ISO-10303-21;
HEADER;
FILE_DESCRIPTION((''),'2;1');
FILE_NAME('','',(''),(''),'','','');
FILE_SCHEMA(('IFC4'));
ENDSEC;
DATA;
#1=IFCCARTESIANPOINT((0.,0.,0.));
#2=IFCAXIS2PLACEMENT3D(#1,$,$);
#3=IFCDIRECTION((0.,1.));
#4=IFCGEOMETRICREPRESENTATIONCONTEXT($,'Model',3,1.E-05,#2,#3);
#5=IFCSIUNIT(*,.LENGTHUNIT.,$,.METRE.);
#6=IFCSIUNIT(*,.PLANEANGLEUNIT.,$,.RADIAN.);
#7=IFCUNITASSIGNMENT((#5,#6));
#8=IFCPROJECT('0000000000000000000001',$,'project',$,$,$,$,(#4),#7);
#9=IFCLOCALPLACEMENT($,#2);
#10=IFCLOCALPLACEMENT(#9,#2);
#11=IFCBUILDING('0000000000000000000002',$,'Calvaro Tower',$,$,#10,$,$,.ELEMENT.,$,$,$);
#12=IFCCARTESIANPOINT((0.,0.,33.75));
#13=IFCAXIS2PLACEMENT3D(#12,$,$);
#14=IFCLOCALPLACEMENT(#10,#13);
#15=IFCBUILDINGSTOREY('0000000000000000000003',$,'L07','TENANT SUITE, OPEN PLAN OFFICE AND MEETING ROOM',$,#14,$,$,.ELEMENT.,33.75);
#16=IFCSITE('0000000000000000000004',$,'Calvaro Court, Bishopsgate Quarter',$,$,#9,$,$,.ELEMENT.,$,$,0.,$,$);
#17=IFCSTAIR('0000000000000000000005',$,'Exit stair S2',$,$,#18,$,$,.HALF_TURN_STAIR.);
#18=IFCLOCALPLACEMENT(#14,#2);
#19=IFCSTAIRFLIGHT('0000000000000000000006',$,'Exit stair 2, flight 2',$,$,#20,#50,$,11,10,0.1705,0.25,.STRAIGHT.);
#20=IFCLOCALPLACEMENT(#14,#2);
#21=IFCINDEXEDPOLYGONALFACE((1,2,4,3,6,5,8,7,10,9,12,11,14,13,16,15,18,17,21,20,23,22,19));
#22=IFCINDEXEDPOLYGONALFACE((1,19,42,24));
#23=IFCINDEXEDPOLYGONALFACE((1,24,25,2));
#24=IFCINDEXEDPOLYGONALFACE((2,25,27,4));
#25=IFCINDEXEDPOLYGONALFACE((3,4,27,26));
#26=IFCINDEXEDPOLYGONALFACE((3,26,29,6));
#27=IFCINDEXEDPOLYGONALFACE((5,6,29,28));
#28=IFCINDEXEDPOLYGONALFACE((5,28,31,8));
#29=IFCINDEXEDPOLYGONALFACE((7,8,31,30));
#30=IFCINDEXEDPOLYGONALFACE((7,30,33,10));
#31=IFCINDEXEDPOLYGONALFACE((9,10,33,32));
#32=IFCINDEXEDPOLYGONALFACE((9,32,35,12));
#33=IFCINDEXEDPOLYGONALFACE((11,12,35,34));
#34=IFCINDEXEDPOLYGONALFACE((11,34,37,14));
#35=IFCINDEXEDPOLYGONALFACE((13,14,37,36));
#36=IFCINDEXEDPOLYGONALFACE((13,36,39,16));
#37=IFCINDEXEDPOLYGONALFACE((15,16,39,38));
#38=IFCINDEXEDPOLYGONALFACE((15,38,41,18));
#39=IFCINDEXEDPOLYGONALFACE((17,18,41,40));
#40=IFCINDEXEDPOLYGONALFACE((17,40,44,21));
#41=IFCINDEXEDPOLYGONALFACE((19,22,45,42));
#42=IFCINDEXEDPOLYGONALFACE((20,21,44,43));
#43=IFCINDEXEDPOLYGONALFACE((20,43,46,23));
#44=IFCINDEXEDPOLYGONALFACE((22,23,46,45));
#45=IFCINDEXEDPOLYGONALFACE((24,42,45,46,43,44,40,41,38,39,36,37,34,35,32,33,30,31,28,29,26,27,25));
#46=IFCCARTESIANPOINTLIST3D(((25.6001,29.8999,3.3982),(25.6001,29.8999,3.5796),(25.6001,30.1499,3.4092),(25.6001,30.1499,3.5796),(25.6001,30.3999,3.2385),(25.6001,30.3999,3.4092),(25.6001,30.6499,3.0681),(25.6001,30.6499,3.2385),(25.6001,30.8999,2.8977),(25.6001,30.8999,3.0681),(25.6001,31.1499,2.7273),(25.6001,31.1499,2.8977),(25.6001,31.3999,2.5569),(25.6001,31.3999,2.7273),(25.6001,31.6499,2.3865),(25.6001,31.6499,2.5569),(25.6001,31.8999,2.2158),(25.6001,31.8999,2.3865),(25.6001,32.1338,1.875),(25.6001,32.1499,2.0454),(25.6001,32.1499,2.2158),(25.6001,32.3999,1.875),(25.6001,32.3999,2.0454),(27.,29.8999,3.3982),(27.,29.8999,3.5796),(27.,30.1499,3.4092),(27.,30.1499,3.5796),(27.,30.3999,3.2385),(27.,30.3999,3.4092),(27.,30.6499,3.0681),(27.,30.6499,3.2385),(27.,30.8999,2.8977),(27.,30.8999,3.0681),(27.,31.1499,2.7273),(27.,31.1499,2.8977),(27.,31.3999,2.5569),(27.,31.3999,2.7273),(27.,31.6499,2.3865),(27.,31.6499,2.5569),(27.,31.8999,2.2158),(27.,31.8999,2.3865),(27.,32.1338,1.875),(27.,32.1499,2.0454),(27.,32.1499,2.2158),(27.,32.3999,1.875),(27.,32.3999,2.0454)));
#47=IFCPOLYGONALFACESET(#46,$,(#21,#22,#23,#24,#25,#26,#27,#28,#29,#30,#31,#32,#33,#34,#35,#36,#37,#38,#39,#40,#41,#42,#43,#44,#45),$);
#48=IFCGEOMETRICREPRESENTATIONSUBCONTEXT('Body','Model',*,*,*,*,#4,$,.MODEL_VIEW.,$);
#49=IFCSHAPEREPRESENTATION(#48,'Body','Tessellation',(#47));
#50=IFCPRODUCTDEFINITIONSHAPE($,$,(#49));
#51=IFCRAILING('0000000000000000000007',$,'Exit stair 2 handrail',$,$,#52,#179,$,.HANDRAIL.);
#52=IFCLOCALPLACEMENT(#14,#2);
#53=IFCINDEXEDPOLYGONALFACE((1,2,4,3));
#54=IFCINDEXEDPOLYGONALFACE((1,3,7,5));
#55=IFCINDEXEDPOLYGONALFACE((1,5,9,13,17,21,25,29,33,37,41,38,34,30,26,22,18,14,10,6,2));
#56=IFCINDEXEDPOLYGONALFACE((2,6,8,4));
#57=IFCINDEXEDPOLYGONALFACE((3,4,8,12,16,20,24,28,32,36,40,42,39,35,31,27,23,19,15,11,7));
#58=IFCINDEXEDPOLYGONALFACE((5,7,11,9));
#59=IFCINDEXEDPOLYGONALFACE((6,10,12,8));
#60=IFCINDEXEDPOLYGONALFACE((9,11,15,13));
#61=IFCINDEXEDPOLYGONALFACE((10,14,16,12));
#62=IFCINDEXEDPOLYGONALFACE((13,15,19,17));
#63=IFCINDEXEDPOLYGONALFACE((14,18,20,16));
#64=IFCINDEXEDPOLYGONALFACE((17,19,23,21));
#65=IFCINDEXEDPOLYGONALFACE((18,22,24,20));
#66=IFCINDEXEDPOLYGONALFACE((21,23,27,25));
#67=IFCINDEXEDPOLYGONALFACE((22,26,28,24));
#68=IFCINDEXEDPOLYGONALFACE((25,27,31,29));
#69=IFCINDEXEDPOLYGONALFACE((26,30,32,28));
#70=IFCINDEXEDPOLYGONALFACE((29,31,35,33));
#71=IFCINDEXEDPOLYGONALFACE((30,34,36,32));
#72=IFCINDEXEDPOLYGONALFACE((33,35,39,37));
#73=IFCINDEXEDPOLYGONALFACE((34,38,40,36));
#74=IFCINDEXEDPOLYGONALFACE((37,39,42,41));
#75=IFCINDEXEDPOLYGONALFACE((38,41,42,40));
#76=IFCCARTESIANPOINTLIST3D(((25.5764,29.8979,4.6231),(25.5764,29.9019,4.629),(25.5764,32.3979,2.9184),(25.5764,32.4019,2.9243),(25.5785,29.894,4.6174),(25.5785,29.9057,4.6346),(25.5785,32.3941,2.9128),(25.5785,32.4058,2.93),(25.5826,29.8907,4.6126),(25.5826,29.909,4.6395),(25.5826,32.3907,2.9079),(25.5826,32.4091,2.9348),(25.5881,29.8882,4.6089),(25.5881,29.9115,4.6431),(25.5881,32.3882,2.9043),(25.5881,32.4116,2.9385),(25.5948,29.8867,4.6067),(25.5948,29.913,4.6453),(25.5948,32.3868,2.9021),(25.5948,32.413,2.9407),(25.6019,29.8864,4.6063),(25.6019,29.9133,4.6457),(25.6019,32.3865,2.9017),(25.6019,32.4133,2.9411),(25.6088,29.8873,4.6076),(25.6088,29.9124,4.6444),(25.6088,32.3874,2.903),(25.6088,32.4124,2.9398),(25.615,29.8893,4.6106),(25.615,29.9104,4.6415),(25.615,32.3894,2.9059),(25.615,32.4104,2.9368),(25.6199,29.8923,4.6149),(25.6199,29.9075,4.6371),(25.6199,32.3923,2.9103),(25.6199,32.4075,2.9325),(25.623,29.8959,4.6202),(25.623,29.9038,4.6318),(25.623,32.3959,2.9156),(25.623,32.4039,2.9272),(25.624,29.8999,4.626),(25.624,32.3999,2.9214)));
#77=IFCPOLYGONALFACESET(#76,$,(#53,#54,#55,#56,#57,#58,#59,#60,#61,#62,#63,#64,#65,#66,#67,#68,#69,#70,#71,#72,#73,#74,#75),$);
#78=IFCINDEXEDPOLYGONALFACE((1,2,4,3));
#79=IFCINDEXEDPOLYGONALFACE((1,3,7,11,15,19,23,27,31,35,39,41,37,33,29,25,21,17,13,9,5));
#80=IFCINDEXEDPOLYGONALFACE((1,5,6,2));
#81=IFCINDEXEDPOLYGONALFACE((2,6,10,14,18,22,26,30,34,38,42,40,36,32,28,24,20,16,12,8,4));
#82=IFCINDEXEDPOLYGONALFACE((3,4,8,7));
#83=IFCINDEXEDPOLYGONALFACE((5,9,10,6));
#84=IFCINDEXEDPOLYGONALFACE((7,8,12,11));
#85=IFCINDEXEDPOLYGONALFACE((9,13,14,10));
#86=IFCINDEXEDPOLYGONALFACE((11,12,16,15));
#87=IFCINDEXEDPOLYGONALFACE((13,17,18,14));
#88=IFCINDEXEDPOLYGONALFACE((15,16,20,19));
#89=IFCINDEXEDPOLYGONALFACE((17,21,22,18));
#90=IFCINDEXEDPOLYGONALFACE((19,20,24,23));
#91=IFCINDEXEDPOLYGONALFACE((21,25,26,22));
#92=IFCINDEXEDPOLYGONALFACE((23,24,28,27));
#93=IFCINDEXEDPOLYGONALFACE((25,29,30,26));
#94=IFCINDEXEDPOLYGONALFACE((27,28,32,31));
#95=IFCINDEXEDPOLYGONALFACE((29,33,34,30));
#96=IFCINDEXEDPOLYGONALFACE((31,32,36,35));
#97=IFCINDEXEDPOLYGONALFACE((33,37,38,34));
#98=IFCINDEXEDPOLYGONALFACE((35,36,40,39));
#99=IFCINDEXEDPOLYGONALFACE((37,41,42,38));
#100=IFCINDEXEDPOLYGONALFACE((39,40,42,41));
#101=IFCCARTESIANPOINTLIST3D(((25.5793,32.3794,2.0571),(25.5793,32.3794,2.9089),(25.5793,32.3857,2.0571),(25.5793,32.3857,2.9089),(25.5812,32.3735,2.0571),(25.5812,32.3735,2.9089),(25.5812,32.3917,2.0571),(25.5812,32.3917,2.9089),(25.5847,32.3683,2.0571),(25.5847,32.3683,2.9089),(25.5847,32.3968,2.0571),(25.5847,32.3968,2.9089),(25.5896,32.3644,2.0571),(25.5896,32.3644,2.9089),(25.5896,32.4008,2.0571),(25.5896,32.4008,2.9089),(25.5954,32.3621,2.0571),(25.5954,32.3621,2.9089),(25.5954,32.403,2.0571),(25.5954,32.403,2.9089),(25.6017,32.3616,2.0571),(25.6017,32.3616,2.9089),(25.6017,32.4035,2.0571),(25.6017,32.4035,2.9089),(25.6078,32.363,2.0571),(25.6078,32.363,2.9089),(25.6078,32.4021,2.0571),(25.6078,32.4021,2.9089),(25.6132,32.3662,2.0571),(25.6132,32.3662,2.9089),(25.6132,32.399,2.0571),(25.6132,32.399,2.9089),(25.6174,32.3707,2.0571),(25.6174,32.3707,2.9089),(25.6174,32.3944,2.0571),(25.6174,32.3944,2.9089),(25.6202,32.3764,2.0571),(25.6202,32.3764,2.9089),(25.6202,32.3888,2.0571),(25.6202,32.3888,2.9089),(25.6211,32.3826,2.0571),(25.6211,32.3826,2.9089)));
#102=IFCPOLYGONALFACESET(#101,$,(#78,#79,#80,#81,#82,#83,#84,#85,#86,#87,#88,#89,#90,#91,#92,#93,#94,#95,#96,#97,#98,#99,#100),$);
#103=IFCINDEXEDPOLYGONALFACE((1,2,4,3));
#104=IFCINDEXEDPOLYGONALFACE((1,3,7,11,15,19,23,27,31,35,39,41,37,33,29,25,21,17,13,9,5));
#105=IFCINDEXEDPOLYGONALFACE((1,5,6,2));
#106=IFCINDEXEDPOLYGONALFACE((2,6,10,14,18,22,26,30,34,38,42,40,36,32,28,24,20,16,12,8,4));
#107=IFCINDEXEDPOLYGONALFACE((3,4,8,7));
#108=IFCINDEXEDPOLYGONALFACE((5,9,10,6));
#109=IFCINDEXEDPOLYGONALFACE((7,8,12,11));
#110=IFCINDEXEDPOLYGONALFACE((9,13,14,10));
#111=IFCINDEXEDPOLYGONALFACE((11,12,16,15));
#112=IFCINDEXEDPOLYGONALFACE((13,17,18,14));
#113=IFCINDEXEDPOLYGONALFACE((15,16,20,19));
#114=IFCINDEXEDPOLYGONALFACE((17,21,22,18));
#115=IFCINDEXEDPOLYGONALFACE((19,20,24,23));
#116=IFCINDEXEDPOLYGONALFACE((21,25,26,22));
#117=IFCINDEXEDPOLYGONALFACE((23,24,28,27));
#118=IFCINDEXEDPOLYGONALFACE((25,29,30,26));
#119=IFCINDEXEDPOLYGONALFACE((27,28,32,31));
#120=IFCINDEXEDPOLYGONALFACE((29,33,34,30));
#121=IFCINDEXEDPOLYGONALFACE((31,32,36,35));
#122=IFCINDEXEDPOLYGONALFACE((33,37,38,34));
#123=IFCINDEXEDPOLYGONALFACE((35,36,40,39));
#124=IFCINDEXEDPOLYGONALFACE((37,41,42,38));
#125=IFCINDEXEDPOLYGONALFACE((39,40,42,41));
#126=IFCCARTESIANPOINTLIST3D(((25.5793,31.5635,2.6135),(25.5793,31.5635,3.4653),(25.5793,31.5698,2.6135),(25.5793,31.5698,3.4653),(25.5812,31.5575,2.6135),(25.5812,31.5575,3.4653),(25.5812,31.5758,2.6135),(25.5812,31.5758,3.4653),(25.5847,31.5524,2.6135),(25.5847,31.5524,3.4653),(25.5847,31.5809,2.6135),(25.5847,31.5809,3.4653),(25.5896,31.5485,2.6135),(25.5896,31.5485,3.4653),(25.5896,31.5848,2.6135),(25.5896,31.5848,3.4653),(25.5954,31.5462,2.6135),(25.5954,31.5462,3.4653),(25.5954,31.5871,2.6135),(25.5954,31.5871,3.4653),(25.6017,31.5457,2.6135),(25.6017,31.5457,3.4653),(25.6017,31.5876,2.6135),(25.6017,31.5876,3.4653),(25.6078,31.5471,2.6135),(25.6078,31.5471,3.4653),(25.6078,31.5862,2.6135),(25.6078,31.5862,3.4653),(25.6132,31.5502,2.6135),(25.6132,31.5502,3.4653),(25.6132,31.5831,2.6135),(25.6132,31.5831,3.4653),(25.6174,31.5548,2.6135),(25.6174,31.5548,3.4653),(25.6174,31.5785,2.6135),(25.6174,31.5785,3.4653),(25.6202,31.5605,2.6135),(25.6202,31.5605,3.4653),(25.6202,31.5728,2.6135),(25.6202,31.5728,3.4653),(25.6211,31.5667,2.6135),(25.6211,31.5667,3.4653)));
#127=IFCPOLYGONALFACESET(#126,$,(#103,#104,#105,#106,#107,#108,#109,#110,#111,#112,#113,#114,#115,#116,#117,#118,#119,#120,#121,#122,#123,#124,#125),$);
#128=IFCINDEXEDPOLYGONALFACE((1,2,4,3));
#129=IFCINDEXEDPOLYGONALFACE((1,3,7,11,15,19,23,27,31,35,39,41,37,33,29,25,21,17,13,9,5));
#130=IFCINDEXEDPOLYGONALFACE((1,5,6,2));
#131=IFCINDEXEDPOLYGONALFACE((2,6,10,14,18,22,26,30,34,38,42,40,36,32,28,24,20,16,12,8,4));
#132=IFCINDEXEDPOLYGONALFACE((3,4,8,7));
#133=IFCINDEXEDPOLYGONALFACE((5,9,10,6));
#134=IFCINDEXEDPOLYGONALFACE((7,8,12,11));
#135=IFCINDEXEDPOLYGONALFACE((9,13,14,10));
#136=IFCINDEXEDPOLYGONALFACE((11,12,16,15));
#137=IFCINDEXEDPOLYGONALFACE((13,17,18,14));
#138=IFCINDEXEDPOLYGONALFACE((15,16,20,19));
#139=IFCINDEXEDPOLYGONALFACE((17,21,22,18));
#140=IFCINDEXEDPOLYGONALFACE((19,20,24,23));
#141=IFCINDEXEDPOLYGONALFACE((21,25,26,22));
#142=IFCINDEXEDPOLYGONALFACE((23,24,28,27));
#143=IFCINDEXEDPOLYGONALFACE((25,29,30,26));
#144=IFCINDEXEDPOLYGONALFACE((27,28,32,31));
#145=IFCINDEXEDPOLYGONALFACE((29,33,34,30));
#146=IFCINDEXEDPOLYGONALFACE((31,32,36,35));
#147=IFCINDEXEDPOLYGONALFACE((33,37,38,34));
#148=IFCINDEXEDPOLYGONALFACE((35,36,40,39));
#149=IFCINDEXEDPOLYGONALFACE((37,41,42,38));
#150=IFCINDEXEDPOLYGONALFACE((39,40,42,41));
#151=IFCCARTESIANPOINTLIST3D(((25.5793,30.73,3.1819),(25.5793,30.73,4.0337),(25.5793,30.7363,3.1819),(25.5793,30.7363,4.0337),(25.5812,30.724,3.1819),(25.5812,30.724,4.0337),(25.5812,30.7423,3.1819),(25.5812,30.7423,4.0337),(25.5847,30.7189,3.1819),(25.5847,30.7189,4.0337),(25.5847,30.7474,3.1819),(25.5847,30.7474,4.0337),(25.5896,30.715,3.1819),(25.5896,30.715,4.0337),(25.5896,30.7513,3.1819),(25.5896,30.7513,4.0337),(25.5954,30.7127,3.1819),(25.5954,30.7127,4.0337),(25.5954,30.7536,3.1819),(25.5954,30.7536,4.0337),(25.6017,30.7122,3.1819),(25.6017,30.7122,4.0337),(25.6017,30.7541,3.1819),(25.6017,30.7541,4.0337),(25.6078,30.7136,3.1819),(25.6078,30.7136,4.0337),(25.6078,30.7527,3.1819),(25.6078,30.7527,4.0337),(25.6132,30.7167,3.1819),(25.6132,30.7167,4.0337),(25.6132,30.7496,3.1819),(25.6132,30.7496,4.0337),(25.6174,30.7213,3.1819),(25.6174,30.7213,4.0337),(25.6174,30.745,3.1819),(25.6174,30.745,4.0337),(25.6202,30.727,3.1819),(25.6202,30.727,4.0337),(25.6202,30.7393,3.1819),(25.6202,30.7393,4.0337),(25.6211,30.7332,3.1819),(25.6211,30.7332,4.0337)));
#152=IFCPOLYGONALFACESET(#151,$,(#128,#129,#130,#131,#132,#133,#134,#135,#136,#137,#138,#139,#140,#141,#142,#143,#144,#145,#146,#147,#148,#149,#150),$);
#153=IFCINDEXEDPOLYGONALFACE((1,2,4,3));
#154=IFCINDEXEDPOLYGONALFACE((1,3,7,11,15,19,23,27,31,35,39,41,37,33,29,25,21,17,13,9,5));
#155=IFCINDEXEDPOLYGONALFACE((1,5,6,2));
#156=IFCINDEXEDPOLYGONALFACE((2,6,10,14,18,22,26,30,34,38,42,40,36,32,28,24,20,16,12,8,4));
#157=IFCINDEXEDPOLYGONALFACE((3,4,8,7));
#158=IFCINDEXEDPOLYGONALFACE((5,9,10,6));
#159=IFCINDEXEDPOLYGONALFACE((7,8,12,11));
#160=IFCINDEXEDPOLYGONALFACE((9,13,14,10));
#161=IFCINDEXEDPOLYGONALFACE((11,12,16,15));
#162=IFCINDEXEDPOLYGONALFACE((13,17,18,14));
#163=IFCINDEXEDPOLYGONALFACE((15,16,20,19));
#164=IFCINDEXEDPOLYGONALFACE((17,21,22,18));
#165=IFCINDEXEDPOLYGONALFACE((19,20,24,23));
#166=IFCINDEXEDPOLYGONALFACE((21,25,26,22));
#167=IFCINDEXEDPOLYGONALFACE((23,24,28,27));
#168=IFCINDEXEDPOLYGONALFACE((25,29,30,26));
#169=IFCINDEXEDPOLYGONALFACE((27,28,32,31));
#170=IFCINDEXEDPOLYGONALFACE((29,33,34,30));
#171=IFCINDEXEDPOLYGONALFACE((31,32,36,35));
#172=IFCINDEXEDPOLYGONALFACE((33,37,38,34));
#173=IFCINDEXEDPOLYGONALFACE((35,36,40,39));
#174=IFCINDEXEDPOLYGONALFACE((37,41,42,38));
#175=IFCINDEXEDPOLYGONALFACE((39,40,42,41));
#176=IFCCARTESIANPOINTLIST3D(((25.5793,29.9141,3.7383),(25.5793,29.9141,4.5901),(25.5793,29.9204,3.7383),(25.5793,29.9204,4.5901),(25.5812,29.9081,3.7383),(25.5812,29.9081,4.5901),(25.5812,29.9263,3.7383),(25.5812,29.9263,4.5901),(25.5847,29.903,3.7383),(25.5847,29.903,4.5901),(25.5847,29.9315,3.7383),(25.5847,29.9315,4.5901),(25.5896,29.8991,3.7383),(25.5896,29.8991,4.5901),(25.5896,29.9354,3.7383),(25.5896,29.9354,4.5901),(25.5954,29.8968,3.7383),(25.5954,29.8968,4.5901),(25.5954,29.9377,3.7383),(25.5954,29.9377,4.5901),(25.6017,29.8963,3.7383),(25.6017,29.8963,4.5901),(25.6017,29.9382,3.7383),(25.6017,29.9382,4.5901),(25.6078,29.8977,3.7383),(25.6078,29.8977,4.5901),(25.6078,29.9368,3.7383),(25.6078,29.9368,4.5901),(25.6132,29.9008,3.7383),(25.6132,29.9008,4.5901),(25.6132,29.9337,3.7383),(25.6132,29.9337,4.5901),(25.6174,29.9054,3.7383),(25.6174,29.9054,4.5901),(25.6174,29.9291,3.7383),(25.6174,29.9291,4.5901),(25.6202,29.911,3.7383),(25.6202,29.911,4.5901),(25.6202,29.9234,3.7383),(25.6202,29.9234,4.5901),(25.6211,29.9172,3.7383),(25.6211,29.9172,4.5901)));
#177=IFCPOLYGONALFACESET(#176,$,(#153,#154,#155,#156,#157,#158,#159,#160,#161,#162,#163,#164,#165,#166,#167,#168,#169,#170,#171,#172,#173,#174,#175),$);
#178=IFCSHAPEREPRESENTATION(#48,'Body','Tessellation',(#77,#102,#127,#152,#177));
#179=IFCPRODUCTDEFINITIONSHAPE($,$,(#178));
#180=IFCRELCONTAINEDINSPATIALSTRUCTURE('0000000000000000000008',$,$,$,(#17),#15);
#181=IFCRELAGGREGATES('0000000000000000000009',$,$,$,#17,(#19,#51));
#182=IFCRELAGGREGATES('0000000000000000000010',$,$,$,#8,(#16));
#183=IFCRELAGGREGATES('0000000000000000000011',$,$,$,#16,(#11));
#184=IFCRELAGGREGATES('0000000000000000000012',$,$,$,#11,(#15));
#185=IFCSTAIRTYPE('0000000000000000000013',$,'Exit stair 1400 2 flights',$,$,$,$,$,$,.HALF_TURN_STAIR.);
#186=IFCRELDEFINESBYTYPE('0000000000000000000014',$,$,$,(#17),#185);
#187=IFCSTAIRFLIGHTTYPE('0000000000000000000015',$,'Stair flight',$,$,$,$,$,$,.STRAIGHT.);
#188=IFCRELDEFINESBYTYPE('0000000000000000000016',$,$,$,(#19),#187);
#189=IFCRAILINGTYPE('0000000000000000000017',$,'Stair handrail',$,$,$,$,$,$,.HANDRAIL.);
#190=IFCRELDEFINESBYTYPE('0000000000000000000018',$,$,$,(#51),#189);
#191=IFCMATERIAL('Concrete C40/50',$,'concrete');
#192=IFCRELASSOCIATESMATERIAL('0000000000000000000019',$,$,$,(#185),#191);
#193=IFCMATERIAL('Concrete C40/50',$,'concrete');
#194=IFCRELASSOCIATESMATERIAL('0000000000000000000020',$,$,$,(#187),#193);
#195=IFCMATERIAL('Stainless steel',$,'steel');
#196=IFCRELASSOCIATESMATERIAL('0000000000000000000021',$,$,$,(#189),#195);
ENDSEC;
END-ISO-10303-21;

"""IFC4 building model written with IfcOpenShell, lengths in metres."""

from ifc_helpers import new_model, si_unit, direction, frame, origin, origin_2d, place, context, subcontext, project, spatial, polyline, circle, outline, extrude, material, type_object, element, aggregate, save


model = new_model("IFC4")

# Units and contexts
model_context = context("Model", 3, precision=1e-05, world=origin(), true_north=direction((0.0, 1.0)))
body_context = subcontext(model_context, "Body", "Model", "MODEL_VIEW")
ifc_project = project(units=[si_unit("LENGTHUNIT", "METRE"), si_unit("PLANEANGLEUNIT", "RADIAN")], contexts=[model_context])

# Site, building, storey
site_placement = place(None, origin())
site = spatial("IfcSite", under=ifc_project, at=site_placement, Name="Calvaro Court, Bishopsgate Quarter", CompositionType="ELEMENT", RefElevation=0.0)
building_placement = place(site_placement, origin())
building = spatial("IfcBuilding", under=site, at=building_placement, Name="Calvaro Tower", CompositionType="ELEMENT")
storey_placement = place(building_placement, frame((0.0, 0.0, 33.75)))
storey = spatial("IfcBuildingStorey", under=building, at=storey_placement, Name="L07", Description="TENANT SUITE, OPEN PLAN OFFICE AND MEETING ROOM", CompositionType="ELEMENT", Elevation=33.75)

# Stair, stair flight, railing
ifc_material_1 = material(Name="Concrete C40/50", Category="concrete")
stair_type = type_object("IfcStairType", Name="Exit stair 1400 2 flights", PredefinedType="HALF_TURN_STAIR", material=ifc_material_1)
stair_placement = place(storey_placement, origin())
stair = element("IfcStair", 1, at=stair_placement, inside=storey, type_object=stair_type, Name="Exit stair S2", PredefinedType="HALF_TURN_STAIR")
ifc_material_2 = material(Name="Concrete C40/50", Category="concrete")
stair_flight_type = type_object("IfcStairFlightType", Name="Stair flight", PredefinedType="STRAIGHT", material=ifc_material_2)
stair_flight_1_placement = place(storey_placement, frame((26.3, 32.3999, 1.875), z_axis=(0.0, 0.0, 1.0), x_axis=(0.0, -1.0, 0.0)))
stair_flight_1 = element("IfcStairFlight", 2, at=stair_flight_1_placement, type_object=stair_flight_type, Name="Exit stair 2, flight 2", NumberOfRisers=11, NumberOfTreads=10, PredefinedType="STRAIGHT", RiserHeight=0.1705, TreadLength=0.25, context=body_context, shape_type="SweptSolid", body=[
    extrude(outline(polyline([(0.0, 0.0), (0.0, 0.1704), (0.25, 0.1704), (0.25, 0.3408), (0.5, 0.3408), (0.5, 0.5115), (0.75, 0.5115), (0.75, 0.6819), (1.0, 0.6819), (1.0, 0.8523), (1.25, 0.8523), (1.25, 1.0227), (1.5, 1.0227), (1.5, 1.1931), (1.75, 1.1931), (1.75, 1.3635), (2.0, 1.3635), (2.0, 1.5342), (2.25, 1.5342), (2.25, 1.7046), (2.5, 1.7046), (2.5, 1.875), (2.5, 1.5232), (0.2661, 0.0), (0.0, 0.0)])), frame((0.0, 0.7, 0.0), z_axis=(0.0, -1.0, 0.0), x_axis=(1.0, 0.0, 0.0)), (0.0, 0.0, 1.0), 1.3999),
])
ifc_material_3 = material(Name="Stainless steel", Category="steel")
railing_type = type_object("IfcRailingType", Name="Stair handrail", PredefinedType="HANDRAIL", material=ifc_material_3)
railing_1_placement = place(storey_placement, frame((25.6001, 32.3999, 2.0454)))
railing_1 = element("IfcRailing", 3, at=railing_1_placement, type_object=railing_type, Name="Exit stair 2 handrail", PredefinedType="HANDRAIL", context=body_context, shape_type="SweptSolid", body=[
    extrude(circle(Radius=0.0239, at=origin_2d()), frame((0.0, 0.0, 0.876), z_axis=(0.0, -0.826221, 0.563347), x_axis=(1.0, 0.0, 0.0)), (0.0, 0.0, 1.0), 3.0259),
    extrude(circle(Radius=0.021, at=origin_2d()), frame((0.0, -0.0173, 0.0117)), (0.0, 0.0, 1.0), 0.8518),
    extrude(circle(Radius=0.021, at=origin_2d()), frame((0.0, -0.8333, 0.5681)), (0.0, 0.0, 1.0), 0.8518),
    extrude(circle(Radius=0.021, at=origin_2d()), frame((0.0, -1.6667, 1.1365)), (0.0, 0.0, 1.0), 0.8518),
    extrude(circle(Radius=0.021, at=origin_2d()), frame((0.0, -2.4827, 1.6929)), (0.0, 0.0, 1.0), 0.8518),
])
aggregate(stair, [stair_flight_1, railing_1])

save(model, "model.ifc")
